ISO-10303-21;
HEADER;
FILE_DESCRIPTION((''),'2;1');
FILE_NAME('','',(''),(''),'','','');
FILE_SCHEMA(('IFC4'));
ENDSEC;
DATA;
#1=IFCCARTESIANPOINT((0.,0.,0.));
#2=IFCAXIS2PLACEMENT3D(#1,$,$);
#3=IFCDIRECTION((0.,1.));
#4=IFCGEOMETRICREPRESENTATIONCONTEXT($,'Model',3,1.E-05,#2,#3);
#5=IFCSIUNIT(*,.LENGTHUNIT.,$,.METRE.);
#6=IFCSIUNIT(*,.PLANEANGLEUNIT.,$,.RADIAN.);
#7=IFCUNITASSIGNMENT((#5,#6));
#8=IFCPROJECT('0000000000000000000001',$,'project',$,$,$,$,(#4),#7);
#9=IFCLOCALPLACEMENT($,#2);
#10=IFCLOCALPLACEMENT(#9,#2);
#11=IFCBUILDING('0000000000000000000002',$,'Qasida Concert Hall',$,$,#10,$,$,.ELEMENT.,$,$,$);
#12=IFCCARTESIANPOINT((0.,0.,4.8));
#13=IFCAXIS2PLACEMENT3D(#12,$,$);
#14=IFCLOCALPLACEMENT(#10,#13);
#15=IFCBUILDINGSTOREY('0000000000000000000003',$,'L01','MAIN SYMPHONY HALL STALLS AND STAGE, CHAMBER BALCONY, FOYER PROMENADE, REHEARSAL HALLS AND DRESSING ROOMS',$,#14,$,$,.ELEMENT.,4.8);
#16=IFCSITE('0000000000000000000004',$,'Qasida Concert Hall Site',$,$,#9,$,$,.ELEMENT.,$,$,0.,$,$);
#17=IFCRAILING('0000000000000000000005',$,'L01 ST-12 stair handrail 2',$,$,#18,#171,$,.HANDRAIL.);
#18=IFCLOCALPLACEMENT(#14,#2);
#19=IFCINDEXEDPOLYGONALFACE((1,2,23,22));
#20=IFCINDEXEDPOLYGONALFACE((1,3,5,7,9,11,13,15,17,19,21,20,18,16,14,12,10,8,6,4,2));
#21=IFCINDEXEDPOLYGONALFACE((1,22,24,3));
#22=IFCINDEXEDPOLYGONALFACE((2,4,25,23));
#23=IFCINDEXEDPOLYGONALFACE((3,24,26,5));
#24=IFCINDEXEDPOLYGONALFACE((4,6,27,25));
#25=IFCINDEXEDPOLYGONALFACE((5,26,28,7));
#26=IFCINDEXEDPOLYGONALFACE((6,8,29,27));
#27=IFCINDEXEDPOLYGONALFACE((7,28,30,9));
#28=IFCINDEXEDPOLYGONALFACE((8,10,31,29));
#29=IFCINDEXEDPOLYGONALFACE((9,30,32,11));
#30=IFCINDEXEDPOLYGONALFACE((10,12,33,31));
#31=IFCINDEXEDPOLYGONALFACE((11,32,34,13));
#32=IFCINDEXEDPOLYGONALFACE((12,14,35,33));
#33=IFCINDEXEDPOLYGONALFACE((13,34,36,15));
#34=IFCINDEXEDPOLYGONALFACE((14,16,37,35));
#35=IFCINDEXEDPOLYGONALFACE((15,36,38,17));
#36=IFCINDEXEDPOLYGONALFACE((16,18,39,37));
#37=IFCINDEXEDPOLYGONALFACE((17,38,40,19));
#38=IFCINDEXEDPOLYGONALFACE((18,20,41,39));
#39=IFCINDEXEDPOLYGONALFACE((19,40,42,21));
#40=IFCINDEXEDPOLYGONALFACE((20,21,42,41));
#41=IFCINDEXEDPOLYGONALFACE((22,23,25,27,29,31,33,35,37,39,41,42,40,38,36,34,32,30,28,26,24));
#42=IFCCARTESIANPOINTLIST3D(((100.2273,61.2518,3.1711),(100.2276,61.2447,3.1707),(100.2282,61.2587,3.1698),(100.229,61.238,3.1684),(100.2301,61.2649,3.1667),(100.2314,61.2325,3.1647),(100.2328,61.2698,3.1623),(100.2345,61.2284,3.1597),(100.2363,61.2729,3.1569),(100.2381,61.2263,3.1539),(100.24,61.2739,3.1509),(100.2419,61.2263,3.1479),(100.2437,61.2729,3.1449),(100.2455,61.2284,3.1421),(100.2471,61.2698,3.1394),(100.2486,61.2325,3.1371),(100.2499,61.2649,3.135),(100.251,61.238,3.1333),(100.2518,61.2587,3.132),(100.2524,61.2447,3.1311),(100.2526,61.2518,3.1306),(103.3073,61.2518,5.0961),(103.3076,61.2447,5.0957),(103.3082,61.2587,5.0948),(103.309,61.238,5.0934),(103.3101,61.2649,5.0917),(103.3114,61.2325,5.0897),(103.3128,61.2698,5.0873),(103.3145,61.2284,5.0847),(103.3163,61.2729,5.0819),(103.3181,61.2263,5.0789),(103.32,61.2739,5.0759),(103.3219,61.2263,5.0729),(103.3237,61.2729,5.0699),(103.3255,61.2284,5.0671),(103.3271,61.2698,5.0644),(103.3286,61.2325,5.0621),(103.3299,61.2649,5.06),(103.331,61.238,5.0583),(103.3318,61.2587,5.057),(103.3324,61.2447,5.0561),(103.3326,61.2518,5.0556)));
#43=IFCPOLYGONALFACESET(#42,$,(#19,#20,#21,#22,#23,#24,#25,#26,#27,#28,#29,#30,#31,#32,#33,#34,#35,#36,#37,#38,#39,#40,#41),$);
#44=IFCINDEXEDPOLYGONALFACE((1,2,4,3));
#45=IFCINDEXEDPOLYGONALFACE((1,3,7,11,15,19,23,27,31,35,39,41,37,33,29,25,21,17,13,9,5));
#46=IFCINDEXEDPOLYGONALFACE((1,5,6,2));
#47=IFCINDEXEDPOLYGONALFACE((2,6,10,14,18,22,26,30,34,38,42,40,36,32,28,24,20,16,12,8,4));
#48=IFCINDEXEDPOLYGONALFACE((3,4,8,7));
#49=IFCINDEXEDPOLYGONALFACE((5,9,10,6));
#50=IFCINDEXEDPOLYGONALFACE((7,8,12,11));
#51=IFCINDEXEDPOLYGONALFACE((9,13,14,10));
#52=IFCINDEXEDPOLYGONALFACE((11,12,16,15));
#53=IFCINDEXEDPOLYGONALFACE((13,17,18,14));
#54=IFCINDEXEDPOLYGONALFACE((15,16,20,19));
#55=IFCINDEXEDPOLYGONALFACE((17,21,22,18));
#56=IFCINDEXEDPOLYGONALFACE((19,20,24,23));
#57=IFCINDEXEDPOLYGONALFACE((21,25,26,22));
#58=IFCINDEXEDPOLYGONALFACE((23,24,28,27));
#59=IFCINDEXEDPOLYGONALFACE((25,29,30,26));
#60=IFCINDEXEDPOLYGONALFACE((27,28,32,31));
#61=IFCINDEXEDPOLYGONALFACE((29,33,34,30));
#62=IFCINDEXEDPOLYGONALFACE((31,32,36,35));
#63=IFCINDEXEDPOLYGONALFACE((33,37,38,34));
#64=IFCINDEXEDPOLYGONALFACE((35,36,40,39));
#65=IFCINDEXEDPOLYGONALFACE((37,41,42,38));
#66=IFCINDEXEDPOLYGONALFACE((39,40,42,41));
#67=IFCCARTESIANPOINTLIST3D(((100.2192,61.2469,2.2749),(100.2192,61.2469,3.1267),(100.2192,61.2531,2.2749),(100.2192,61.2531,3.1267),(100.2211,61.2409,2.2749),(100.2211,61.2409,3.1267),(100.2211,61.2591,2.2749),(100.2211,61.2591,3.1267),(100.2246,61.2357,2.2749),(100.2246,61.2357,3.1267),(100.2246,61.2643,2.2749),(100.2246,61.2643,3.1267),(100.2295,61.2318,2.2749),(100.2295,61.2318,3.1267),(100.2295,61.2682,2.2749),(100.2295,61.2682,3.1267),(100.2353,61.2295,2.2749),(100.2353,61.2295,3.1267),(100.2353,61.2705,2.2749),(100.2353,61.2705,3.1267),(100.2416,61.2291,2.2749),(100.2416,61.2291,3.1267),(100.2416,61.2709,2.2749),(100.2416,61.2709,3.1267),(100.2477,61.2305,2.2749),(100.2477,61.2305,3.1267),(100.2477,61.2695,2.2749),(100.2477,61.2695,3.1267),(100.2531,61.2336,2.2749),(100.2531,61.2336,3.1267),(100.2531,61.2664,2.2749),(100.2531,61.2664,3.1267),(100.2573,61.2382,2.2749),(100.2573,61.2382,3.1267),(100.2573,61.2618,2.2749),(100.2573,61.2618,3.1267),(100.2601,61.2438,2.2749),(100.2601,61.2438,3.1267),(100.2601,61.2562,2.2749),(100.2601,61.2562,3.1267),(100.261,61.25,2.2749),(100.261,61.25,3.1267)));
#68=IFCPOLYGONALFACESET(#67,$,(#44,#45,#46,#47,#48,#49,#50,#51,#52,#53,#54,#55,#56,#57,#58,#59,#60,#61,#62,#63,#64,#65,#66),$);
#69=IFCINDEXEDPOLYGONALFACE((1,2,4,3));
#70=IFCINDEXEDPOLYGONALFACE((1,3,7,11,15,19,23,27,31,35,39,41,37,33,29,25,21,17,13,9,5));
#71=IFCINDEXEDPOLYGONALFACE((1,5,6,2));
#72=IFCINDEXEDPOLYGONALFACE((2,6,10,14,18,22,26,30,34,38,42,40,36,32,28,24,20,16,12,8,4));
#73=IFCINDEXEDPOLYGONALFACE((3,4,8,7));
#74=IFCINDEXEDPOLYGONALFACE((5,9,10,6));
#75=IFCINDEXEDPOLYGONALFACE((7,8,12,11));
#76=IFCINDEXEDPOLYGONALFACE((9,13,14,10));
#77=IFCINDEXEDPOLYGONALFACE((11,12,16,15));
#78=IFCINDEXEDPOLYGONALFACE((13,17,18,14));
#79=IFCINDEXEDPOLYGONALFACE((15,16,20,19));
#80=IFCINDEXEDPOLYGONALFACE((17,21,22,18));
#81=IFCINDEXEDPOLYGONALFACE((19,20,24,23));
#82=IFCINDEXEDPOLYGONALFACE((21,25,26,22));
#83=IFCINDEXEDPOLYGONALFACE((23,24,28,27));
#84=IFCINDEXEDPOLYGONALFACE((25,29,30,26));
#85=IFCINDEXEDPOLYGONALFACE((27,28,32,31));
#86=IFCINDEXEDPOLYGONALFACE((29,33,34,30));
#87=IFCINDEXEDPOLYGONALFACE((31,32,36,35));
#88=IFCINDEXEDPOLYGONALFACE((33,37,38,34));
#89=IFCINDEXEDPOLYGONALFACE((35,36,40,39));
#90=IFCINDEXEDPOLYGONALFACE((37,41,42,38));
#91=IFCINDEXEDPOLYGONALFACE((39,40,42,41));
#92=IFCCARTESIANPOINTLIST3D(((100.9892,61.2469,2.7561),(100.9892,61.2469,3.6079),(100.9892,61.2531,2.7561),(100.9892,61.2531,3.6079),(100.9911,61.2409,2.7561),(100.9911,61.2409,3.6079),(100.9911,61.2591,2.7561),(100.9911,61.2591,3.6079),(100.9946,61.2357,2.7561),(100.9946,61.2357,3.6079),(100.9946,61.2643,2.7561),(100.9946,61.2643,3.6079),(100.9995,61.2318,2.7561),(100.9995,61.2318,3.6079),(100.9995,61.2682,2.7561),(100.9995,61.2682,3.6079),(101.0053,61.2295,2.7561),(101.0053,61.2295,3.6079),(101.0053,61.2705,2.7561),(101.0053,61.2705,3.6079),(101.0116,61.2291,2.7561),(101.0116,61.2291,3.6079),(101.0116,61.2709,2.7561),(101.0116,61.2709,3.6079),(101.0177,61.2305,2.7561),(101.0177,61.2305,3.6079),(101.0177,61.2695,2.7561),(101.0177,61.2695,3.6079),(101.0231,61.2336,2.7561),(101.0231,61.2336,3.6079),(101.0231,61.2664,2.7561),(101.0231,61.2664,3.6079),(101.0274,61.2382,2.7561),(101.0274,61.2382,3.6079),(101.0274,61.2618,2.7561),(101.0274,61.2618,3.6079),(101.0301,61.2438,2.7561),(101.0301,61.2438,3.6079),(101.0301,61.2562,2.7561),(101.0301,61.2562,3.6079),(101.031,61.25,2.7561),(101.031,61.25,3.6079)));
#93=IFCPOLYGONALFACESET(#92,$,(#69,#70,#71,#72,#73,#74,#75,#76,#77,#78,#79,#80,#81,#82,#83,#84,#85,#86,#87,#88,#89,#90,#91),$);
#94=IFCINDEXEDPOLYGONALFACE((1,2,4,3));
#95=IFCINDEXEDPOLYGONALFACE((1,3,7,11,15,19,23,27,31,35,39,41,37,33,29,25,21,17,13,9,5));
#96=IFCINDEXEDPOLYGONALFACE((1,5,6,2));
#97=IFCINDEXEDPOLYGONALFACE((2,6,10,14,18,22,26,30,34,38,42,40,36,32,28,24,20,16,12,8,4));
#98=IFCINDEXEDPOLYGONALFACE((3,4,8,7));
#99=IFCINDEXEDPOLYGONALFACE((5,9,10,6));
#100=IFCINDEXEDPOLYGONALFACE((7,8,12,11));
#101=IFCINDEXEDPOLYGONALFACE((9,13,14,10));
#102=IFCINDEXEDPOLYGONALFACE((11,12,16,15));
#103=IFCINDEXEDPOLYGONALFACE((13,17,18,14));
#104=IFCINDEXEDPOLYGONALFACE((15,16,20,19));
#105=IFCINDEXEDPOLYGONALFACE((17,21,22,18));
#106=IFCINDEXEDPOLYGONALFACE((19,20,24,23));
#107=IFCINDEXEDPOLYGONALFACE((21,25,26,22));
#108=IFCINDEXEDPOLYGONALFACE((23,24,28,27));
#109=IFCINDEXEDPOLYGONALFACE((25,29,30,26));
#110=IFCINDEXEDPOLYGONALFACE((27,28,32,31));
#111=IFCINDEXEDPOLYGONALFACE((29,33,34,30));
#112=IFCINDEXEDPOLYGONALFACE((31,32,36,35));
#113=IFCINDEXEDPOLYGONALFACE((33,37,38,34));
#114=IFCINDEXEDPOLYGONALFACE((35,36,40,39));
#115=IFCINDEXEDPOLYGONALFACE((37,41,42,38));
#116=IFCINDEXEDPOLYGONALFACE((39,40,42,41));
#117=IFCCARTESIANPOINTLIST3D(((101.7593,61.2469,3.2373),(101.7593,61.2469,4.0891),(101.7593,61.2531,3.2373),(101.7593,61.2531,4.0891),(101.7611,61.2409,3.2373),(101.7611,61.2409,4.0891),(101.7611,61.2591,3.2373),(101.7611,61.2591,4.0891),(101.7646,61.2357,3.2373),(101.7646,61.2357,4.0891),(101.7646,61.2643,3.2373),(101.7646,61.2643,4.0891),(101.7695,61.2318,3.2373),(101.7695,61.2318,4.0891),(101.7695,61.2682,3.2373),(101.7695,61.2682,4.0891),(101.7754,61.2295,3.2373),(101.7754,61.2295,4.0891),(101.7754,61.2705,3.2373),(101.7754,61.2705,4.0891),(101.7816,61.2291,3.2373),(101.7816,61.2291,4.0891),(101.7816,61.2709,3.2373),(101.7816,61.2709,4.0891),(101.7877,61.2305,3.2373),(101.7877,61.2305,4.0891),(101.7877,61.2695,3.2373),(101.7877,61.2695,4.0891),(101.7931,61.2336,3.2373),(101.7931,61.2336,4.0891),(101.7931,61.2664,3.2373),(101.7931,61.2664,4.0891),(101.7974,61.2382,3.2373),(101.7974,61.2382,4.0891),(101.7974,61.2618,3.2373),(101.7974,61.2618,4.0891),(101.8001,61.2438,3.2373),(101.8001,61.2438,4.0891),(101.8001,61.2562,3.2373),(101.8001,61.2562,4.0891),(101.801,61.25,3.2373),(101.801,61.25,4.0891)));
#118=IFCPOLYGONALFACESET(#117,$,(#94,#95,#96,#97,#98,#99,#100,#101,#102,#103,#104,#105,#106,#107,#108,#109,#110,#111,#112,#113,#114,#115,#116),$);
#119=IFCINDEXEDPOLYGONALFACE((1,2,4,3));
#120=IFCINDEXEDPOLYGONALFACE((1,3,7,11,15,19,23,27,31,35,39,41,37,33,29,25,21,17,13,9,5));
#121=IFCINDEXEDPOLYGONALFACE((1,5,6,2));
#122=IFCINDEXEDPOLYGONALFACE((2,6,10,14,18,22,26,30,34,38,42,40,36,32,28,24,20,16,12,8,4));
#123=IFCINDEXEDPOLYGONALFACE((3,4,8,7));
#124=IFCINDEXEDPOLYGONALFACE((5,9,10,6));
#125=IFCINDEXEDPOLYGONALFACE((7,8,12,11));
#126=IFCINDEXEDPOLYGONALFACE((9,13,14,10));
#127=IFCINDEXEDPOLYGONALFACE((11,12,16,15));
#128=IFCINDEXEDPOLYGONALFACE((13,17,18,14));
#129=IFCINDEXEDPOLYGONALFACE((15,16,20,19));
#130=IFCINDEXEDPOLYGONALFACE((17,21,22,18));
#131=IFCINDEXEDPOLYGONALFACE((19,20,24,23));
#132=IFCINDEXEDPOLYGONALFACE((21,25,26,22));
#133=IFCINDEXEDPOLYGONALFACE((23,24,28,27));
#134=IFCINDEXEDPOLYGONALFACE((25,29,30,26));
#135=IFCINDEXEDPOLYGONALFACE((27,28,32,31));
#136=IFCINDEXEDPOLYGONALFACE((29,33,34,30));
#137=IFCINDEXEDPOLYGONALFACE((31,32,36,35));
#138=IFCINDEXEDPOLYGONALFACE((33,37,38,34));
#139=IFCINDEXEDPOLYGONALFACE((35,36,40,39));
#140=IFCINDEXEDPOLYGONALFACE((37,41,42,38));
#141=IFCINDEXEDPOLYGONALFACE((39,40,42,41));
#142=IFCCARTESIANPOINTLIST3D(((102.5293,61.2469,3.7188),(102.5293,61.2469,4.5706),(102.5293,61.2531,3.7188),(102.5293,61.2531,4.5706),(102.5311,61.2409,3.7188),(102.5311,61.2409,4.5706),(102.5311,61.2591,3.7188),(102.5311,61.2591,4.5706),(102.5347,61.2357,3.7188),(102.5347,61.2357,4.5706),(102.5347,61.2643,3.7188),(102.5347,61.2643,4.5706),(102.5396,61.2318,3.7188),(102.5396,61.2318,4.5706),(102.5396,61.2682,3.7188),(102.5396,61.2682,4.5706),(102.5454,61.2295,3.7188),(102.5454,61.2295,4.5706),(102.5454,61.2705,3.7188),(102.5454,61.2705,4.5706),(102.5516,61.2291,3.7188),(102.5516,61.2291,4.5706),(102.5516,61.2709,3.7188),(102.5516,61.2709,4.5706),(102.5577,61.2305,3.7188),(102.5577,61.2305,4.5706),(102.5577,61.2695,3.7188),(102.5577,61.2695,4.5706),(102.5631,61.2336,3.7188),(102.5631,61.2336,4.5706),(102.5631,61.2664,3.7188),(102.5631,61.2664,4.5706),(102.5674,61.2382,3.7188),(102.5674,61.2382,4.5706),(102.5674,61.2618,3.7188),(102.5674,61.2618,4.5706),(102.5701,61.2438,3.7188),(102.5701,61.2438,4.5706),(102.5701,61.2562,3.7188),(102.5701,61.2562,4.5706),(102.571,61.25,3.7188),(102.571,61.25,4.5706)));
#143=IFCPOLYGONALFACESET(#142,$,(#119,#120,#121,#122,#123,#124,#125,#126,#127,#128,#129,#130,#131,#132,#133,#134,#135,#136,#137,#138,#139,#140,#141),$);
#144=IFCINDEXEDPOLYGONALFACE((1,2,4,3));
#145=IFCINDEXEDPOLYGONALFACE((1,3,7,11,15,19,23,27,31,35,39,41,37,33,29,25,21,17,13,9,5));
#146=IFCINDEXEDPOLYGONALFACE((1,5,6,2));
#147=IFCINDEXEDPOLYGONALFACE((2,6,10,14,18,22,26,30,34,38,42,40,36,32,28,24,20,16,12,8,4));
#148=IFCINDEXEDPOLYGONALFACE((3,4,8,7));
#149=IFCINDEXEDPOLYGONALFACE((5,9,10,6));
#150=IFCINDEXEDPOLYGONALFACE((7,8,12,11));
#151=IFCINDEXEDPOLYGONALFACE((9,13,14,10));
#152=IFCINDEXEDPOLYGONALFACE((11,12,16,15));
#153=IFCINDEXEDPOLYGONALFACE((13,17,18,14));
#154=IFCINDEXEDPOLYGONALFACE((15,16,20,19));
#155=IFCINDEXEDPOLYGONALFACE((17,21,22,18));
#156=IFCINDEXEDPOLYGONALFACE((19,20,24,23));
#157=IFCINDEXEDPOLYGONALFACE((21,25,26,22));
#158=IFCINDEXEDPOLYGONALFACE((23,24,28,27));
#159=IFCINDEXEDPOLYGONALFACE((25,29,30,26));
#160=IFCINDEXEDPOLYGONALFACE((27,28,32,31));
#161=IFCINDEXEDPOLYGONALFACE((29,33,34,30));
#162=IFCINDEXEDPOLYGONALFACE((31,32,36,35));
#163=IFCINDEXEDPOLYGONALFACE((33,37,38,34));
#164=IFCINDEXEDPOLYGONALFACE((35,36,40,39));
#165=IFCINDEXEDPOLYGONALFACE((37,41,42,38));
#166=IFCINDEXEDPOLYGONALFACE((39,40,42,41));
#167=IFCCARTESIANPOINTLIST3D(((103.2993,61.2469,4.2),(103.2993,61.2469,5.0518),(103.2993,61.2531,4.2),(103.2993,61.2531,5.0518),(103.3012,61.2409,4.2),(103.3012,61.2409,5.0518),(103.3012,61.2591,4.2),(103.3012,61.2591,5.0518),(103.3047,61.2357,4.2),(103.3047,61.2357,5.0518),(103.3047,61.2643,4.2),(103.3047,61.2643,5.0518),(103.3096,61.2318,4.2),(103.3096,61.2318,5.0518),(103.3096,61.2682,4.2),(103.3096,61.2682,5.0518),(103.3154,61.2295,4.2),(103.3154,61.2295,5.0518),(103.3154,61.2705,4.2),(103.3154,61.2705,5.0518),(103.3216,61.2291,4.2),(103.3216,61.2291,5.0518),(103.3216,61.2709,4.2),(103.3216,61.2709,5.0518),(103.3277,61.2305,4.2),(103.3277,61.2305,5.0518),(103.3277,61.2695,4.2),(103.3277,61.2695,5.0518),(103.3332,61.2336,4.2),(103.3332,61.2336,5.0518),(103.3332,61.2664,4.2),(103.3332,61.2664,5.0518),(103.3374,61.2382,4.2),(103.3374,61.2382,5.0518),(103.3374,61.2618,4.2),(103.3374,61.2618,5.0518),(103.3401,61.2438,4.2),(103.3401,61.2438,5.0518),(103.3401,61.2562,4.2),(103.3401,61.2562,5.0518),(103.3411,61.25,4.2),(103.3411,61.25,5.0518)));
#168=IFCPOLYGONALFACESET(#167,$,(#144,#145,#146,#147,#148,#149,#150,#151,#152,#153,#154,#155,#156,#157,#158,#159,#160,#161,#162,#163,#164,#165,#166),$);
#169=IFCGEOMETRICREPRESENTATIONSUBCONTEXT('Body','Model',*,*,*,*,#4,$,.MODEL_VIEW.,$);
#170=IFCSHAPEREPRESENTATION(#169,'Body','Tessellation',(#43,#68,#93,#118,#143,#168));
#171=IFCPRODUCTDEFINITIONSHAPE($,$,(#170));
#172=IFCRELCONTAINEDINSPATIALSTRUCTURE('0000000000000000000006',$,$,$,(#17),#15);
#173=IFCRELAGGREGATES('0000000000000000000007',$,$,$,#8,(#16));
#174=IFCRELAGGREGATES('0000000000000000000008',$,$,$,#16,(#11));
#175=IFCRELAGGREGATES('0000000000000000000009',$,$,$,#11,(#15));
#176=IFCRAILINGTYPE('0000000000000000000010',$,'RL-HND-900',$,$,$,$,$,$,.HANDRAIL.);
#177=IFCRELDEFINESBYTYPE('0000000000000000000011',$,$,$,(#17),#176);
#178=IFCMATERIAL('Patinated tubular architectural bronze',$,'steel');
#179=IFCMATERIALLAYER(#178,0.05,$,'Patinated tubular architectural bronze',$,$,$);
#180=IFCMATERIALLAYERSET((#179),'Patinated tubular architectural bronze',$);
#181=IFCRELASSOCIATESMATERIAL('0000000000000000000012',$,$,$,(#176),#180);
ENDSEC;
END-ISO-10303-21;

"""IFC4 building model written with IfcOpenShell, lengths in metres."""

from ifc_helpers import new_model, si_unit, direction, frame, origin, origin_2d, place, context, subcontext, project, spatial, circle, extrude, material, layer, layer_set, type_object, element, save


model = new_model("IFC4")

# Units and contexts
model_context = context("Model", 3, precision=1e-05, world=origin(), true_north=direction((0.0, 1.0)))
body_context = subcontext(model_context, "Body", "Model", "MODEL_VIEW")
ifc_project = project(units=[si_unit("LENGTHUNIT", "METRE"), si_unit("PLANEANGLEUNIT", "RADIAN")], contexts=[model_context])

# Site, building, storey
site_placement = place(None, origin())
site = spatial("IfcSite", under=ifc_project, at=site_placement, Name="Qasida Concert Hall Site", CompositionType="ELEMENT", RefElevation=0.0)
building_placement = place(site_placement, origin())
building = spatial("IfcBuilding", under=site, at=building_placement, Name="Qasida Concert Hall", CompositionType="ELEMENT")
storey_placement = place(building_placement, frame((0.0, 0.0, 4.8)))
storey = spatial("IfcBuildingStorey", under=building, at=storey_placement, Name="L01", Description="MAIN SYMPHONY HALL STALLS AND STAGE, CHAMBER BALCONY, FOYER PROMENADE, REHEARSAL HALLS AND DRESSING ROOMS", CompositionType="ELEMENT", Elevation=4.8)

# Railing
ifc_material_1 = material(Name="Patinated tubular architectural bronze", Category="steel")
ifc_layer_1 = layer(ifc_material_1, 0.05, Name="Patinated tubular architectural bronze")
ifc_layer_set_1 = layer_set([ifc_layer_1], Name="Patinated tubular architectural bronze")
railing_type_1 = type_object("IfcRailingType", Name="RL-HND-900", PredefinedType="HANDRAIL", material=ifc_layer_set_1)
railing_1_placement = place(storey_placement, frame((100.24, 61.25, 2.2749)))
element("IfcRailing", 1, at=railing_1_placement, inside=storey, type_object=railing_type_1, Name="L01 ST-12 stair handrail 2", PredefinedType="HANDRAIL", context=body_context, shape_type="SweptSolid", body=[
    extrude(circle(Radius=0.0239, at=origin_2d()), frame((0.0, 0.0, 0.876), z_axis=(0.847998, 0.0, 0.529999), x_axis=(0.0, 1.0, 0.0)), (0.0, 0.0, 1.0), 3.6321),
    extrude(circle(Radius=0.021, at=origin_2d()), origin(), (0.0, 0.0, 1.0), 0.8518),
    extrude(circle(Radius=0.021, at=origin_2d()), frame((0.77, 0.0, 0.4812)), (0.0, 0.0, 1.0), 0.8518),
    extrude(circle(Radius=0.021, at=origin_2d()), frame((1.54, 0.0, 0.9624)), (0.0, 0.0, 1.0), 0.8518),
    extrude(circle(Radius=0.021, at=origin_2d()), frame((2.3101, 0.0, 1.4438)), (0.0, 0.0, 1.0), 0.8518),
    extrude(circle(Radius=0.021, at=origin_2d()), frame((3.0801, 0.0, 1.925)), (0.0, 0.0, 1.0), 0.8518),
])

save(model, "model.ifc")
